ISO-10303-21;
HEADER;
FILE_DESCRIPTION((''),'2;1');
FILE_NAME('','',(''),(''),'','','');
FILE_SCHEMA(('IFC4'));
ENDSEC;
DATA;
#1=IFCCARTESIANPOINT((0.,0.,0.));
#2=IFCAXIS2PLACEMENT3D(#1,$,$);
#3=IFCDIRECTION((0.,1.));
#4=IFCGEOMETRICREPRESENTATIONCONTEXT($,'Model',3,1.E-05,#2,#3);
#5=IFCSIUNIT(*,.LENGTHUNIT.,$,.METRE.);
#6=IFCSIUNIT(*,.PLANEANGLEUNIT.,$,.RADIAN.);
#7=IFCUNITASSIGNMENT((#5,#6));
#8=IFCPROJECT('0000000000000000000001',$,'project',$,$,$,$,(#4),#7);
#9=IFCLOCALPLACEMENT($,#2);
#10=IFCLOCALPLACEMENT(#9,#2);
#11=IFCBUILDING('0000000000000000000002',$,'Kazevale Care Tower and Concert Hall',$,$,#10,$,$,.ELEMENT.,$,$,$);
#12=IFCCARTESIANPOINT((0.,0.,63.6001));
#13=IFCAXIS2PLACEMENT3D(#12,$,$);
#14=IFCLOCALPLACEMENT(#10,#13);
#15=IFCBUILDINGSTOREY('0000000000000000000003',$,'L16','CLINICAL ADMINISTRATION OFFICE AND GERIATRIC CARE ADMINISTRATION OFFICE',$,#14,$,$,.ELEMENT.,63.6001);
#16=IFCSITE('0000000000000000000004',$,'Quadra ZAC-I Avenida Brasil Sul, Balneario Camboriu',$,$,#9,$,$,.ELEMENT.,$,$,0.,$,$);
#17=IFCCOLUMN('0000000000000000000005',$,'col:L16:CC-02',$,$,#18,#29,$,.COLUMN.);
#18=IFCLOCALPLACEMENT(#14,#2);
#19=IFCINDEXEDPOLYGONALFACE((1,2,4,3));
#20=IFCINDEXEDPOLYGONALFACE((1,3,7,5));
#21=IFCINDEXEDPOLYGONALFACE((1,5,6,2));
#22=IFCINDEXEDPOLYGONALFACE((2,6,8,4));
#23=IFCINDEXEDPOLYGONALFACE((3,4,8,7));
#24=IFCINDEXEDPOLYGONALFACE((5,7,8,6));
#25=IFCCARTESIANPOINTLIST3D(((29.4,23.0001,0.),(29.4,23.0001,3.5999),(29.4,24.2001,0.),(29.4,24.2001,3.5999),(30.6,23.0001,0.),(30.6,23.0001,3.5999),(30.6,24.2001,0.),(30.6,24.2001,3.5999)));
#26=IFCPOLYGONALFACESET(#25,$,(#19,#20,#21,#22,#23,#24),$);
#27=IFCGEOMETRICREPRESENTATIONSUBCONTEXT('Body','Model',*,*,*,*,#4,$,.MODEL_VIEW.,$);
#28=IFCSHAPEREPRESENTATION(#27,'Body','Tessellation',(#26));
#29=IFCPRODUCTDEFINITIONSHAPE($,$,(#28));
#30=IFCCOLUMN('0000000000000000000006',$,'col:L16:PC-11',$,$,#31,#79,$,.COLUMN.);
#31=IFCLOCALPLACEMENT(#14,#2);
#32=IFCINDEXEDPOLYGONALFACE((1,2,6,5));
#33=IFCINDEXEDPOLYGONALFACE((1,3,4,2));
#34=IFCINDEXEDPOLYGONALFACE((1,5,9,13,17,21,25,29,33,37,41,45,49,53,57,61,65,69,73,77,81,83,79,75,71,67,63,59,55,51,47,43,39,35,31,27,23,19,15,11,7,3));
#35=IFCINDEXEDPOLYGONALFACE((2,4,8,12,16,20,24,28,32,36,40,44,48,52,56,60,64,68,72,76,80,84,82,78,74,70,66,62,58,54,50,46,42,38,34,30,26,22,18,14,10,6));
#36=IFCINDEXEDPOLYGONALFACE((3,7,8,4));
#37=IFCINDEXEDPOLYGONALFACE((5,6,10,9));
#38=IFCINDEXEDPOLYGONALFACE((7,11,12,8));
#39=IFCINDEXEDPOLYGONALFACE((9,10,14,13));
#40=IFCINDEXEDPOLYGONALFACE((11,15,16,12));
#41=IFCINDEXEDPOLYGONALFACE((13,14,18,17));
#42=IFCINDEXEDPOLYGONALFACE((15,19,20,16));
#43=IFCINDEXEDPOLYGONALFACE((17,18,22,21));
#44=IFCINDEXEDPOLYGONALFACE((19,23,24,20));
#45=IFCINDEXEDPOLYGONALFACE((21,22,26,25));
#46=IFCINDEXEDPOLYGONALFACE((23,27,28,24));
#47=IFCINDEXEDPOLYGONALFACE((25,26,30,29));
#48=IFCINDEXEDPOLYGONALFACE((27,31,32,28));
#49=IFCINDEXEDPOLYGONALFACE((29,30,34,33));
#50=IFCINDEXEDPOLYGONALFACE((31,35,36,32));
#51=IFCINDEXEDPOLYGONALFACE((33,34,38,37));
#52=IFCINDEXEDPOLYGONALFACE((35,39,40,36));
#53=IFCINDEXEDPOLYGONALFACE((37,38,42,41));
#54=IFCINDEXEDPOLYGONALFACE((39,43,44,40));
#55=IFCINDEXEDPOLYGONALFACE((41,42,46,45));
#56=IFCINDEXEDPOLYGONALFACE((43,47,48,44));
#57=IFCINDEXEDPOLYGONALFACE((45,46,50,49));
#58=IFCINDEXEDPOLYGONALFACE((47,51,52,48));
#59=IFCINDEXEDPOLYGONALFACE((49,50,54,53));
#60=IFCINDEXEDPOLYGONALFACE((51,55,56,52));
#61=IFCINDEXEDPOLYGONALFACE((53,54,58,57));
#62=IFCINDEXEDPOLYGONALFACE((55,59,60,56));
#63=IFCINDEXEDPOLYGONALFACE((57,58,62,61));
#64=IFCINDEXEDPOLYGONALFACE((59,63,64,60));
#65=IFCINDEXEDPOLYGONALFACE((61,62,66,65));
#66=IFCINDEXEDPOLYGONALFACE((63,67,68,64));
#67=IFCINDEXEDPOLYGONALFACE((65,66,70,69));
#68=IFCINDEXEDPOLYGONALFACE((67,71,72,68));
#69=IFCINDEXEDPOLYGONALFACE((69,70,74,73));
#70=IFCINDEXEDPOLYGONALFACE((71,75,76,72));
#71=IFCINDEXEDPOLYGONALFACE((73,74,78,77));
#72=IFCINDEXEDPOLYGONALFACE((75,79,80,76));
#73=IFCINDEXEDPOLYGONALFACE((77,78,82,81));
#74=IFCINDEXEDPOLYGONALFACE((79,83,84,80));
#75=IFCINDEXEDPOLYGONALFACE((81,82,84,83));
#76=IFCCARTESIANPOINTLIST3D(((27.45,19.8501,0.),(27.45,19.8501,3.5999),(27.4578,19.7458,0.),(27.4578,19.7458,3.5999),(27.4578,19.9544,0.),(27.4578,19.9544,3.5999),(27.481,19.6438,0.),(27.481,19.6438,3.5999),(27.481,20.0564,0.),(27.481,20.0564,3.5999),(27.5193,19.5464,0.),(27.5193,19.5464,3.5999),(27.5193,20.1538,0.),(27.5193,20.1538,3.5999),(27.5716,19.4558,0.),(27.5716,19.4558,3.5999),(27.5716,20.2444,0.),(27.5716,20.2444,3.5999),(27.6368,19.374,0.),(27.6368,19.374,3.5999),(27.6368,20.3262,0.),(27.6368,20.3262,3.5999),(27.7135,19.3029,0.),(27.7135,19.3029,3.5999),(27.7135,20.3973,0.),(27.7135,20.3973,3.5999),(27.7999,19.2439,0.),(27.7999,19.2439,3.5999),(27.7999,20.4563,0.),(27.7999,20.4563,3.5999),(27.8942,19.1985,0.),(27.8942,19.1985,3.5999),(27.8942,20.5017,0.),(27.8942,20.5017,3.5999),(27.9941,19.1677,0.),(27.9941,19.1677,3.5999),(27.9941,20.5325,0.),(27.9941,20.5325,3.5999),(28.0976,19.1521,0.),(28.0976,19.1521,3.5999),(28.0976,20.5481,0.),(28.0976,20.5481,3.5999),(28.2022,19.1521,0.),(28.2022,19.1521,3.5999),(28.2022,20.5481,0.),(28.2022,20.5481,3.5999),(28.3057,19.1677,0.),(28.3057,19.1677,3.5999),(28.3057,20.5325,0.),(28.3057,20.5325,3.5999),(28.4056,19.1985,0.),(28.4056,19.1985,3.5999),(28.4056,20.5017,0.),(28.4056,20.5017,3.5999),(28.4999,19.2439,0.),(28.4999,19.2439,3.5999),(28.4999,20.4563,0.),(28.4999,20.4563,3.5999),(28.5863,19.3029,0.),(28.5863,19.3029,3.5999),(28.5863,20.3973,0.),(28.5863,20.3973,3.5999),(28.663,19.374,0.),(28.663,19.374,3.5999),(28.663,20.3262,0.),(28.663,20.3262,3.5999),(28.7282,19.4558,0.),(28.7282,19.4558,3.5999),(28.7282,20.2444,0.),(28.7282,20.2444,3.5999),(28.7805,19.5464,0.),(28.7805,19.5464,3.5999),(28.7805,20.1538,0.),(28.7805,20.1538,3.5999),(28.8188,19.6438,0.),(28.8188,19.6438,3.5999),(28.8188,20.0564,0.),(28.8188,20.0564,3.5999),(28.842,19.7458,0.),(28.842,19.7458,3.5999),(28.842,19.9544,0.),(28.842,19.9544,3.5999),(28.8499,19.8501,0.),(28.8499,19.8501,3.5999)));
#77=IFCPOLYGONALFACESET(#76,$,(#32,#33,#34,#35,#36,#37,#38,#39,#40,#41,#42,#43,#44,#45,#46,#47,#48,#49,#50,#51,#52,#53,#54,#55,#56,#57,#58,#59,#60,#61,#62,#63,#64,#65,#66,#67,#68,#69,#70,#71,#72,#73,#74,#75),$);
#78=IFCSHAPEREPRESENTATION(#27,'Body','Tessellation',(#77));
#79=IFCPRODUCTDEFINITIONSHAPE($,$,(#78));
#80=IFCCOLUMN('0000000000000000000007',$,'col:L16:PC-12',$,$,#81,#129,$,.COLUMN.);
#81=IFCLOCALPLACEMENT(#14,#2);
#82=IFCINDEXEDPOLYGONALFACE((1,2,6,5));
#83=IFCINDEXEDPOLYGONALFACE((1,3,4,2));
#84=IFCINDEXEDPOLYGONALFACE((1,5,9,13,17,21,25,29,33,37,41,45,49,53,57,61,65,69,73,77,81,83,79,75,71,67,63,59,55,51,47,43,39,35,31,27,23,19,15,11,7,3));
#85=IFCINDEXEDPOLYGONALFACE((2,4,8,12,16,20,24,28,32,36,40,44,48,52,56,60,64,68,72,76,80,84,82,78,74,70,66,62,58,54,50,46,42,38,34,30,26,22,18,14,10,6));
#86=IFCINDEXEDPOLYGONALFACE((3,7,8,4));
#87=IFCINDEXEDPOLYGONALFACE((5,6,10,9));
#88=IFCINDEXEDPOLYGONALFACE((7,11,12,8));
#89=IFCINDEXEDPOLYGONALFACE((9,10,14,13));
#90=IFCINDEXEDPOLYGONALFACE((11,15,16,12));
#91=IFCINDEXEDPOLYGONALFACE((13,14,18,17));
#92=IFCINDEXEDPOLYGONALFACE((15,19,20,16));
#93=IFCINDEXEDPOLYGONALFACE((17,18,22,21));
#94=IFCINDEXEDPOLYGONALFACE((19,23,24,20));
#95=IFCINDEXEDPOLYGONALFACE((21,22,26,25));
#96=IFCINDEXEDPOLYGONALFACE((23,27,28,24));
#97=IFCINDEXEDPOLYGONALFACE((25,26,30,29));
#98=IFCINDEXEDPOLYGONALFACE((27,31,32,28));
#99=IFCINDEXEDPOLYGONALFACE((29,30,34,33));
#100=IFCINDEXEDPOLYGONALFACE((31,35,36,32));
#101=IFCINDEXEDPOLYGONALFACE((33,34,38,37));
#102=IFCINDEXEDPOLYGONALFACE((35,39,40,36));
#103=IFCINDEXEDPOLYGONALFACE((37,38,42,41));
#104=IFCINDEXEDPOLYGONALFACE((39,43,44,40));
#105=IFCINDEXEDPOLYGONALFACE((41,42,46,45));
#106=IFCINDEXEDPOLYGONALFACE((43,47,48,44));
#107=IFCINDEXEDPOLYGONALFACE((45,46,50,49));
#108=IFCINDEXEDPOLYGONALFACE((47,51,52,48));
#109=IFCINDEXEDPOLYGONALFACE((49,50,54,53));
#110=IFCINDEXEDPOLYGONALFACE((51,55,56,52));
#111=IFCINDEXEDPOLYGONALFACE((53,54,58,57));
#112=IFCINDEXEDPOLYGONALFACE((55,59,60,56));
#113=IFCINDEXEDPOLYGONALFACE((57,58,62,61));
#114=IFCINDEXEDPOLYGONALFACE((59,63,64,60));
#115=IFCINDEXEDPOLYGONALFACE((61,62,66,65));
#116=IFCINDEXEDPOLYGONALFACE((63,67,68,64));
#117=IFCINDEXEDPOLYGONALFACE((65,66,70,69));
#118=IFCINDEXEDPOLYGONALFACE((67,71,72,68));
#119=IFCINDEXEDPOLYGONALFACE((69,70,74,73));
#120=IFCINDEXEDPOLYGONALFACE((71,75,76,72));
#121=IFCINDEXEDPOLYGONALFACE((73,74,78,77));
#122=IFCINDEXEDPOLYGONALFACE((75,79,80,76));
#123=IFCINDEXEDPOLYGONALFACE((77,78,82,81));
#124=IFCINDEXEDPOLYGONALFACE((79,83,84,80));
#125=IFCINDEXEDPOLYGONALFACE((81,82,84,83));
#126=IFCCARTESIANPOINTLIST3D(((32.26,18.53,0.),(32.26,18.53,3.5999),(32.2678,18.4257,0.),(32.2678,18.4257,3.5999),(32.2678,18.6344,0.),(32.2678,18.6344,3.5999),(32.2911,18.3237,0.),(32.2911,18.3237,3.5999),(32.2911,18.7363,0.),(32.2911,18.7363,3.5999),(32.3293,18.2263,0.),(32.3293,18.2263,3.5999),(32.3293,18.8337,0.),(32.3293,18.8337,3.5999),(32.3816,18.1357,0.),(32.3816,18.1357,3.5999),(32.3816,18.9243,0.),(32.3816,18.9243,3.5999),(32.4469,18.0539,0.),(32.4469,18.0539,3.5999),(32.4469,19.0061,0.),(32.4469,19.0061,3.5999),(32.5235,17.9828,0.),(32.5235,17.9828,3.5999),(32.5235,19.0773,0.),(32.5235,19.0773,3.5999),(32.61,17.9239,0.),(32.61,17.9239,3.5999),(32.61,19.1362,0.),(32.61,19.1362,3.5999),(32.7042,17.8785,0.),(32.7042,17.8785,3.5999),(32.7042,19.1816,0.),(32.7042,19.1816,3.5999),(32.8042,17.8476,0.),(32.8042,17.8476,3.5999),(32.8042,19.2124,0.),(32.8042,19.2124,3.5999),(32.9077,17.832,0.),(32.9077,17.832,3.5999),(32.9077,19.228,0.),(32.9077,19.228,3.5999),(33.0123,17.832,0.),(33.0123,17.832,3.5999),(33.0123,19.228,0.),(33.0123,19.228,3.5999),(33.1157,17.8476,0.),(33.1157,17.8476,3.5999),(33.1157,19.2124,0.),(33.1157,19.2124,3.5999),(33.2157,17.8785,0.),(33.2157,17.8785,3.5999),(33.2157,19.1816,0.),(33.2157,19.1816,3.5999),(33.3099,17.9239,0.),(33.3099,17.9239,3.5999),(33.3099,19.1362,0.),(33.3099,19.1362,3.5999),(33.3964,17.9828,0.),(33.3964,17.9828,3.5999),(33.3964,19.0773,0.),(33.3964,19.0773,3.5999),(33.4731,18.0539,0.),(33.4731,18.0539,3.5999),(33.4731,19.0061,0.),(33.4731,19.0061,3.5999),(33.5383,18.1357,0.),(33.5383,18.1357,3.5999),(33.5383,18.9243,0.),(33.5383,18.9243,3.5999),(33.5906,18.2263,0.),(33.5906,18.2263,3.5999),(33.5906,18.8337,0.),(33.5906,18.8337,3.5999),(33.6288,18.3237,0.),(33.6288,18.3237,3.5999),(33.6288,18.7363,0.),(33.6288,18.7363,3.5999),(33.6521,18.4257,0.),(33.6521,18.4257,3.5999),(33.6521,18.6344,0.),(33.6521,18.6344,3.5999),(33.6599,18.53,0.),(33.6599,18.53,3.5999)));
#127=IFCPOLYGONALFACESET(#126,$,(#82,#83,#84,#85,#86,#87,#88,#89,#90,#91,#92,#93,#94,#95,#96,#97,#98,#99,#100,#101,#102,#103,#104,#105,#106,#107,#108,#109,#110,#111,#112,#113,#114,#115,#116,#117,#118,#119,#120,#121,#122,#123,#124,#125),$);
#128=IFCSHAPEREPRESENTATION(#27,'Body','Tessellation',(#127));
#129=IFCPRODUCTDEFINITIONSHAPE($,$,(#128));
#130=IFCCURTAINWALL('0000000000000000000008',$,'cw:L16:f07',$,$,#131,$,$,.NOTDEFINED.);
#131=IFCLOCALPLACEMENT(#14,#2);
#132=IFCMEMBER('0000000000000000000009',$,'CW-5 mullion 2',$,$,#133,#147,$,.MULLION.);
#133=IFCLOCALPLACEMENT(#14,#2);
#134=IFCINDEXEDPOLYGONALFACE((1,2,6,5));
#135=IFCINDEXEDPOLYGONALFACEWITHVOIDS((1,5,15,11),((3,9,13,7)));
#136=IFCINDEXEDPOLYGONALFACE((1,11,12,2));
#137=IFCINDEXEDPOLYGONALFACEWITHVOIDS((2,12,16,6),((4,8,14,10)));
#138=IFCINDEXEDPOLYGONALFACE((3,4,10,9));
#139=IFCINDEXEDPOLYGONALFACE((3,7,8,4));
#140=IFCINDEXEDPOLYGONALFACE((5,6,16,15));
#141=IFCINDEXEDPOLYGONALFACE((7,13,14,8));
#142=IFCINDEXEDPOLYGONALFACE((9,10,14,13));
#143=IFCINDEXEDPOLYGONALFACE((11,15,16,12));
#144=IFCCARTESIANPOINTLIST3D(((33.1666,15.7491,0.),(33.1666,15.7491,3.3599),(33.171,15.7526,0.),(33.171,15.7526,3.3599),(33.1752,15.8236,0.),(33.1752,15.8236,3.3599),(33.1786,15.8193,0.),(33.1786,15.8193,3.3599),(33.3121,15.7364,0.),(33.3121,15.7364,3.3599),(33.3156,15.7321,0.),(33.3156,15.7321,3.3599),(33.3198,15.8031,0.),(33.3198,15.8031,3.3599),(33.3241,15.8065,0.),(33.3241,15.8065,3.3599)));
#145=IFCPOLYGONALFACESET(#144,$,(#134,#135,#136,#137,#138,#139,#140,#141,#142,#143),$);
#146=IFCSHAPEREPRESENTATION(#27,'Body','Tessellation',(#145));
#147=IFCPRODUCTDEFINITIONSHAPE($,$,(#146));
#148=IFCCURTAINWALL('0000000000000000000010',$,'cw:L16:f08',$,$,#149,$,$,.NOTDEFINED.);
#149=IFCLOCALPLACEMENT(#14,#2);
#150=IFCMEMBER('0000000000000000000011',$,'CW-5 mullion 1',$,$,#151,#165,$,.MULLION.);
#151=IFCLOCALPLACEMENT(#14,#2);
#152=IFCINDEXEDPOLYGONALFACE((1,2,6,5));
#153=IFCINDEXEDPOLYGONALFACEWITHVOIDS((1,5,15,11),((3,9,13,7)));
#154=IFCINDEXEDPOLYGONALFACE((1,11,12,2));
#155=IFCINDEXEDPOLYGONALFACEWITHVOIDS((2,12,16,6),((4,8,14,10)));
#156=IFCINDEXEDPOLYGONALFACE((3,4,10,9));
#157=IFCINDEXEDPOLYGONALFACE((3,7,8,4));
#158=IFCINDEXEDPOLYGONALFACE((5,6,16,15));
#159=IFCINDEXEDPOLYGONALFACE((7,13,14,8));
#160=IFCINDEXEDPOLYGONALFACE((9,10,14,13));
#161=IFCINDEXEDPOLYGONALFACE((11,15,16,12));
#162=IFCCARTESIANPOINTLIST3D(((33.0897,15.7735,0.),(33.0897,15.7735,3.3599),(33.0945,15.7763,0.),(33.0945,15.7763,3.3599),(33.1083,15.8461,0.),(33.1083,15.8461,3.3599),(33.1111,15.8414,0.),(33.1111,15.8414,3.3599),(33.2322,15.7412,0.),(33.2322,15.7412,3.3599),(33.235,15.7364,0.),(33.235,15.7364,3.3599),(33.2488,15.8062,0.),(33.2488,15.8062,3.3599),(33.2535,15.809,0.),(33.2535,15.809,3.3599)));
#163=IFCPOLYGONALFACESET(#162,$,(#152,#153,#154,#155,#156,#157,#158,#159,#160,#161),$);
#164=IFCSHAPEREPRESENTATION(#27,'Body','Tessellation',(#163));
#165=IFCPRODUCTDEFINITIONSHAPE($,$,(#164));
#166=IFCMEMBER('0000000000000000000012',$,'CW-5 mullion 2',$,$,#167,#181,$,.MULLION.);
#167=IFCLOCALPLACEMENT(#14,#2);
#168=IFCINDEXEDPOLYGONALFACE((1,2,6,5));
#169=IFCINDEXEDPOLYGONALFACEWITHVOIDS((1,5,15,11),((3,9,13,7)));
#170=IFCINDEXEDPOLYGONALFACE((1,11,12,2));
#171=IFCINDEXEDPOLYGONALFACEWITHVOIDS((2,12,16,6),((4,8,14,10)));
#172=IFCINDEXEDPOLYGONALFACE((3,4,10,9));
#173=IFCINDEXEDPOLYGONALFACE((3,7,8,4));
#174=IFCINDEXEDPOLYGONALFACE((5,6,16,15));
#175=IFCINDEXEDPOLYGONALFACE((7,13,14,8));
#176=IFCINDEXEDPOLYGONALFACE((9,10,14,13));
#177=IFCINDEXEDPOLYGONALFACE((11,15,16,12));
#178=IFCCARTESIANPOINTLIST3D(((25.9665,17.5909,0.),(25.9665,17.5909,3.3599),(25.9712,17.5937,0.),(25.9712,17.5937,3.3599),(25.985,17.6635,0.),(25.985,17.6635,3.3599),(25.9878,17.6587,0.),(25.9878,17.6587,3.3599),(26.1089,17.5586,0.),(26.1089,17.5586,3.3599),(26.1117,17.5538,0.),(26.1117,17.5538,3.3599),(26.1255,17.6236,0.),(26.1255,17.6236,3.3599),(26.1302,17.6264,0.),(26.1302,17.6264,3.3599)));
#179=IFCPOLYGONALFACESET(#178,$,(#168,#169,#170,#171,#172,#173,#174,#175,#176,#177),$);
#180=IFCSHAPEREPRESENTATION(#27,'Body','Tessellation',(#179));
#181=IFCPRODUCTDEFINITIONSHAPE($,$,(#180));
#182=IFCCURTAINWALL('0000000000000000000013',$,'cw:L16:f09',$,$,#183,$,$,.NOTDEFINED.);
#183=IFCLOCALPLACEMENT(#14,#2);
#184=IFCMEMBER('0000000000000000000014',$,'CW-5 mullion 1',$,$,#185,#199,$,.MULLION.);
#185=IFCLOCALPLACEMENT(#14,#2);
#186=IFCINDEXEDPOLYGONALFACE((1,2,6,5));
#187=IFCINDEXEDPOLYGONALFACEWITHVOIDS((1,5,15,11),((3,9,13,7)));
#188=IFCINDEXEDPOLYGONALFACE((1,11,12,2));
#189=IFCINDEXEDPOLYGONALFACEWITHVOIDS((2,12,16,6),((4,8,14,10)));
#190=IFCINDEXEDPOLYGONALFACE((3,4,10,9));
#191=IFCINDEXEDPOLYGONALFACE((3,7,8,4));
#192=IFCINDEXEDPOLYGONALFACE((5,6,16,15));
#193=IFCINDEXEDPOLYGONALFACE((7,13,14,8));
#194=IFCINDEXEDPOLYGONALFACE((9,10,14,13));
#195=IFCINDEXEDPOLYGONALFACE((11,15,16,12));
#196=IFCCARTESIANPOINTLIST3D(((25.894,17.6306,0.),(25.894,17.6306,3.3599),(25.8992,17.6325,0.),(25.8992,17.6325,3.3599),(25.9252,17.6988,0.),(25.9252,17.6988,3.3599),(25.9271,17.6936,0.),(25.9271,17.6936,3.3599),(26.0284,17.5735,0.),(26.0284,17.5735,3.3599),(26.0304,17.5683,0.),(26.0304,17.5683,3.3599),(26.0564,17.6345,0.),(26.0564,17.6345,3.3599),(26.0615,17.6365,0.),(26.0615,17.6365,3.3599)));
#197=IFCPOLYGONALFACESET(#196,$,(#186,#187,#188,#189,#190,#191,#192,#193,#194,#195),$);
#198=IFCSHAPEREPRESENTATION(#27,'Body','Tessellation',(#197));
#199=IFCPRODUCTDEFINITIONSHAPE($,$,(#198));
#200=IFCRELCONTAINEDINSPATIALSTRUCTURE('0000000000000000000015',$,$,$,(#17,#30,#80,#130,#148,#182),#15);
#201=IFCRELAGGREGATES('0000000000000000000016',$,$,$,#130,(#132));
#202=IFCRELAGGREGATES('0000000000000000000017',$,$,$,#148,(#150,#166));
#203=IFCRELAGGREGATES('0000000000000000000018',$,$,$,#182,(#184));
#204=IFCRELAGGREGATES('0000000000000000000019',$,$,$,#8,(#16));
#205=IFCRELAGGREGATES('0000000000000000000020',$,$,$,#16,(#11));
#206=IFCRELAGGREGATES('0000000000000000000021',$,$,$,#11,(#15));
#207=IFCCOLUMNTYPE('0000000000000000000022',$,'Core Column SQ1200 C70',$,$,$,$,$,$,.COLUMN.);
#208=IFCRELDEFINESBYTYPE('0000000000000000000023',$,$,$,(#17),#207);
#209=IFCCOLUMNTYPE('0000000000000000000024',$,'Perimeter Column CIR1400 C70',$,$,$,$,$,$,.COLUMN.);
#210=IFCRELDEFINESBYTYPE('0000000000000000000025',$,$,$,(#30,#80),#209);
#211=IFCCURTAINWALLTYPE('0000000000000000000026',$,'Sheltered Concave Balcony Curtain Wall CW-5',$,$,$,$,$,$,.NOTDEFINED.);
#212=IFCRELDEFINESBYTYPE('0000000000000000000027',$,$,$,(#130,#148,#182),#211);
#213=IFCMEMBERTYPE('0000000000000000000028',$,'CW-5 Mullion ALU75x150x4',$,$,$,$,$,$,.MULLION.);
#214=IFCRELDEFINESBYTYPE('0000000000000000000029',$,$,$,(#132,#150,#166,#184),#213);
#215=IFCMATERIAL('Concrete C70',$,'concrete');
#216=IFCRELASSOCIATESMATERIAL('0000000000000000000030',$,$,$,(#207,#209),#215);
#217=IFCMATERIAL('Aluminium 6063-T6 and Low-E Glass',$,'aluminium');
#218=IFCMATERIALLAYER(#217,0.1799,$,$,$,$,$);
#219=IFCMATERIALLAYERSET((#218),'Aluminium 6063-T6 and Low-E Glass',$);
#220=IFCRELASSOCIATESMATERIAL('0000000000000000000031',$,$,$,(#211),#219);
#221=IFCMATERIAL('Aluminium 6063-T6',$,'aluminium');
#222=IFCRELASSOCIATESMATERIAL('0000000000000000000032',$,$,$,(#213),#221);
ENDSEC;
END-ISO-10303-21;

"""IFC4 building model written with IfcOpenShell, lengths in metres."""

from ifc_helpers import new_model, si_unit, direction, frame, origin, origin_2d, place, context, subcontext, project, spatial, rectangle, hollow_rectangle, circle, extrude, material, layer, layer_set, material_profile, profile_set, type_object, element, aggregate, save


model = new_model("IFC4")

# Units and contexts
model_context = context("Model", 3, precision=1e-05, world=origin(), true_north=direction((0.0, 1.0)))
body_context = subcontext(model_context, "Body", "Model", "MODEL_VIEW")
ifc_project = project(units=[si_unit("LENGTHUNIT", "METRE"), si_unit("PLANEANGLEUNIT", "RADIAN")], contexts=[model_context])

# Site, building, storey
site_placement = place(None, origin())
site = spatial("IfcSite", under=ifc_project, at=site_placement, Name="Quadra ZAC-I Avenida Brasil Sul, Balneario Camboriu", CompositionType="ELEMENT", RefElevation=0.0)
building_placement = place(site_placement, origin())
building = spatial("IfcBuilding", under=site, at=building_placement, Name="Kazevale Care Tower and Concert Hall", CompositionType="ELEMENT")
storey_placement = place(building_placement, frame((0.0, 0.0, 63.6001)))
storey = spatial("IfcBuildingStorey", under=building, at=storey_placement, Name="L16", Description="CLINICAL ADMINISTRATION OFFICE AND GERIATRIC CARE ADMINISTRATION OFFICE", CompositionType="ELEMENT", Elevation=63.6001)

# Columns
ifc_material_1 = material(Name="Concrete C70", Category="concrete")
ifc_material_profile_1 = material_profile(ifc_material_1, rectangle(XDim=1.2, YDim=1.2, at=origin_2d()), Name="RC-SQ1200")
ifc_profile_set_1 = profile_set([ifc_material_profile_1], Name="Concrete C70")
column_type_1 = type_object("IfcColumnType", Name="Core Column SQ1200 C70", PredefinedType="COLUMN", material=ifc_profile_set_1)
column_placement = place(storey_placement, frame((30.0, 23.6001, 0.0), z_axis=(0.0, 0.0, 1.0), x_axis=(1.0, 0.0, 0.0)))
element("IfcColumn", 1, at=column_placement, inside=storey, type_object=column_type_1, Name="col:L16:CC-02", PredefinedType="COLUMN", context=body_context, shape_type="SweptSolid", body=[
    extrude(rectangle(XDim=1.2, YDim=1.2, at=origin_2d()), origin(), (0.0, 0.0, 1.0), 3.5999),
])
ifc_material_profile_2 = material_profile(ifc_material_1, circle(Radius=0.7, at=origin_2d()), Name="RC-CIR1400")
ifc_profile_set_2 = profile_set([ifc_material_profile_2], Name="Concrete C70")
column_type_2 = type_object("IfcColumnType", Name="Perimeter Column CIR1400 C70", PredefinedType="COLUMN", material=ifc_profile_set_2)
for number, where, z_axis, x_axis, name in (
    (2, (28.1499, 19.8501, 0.0), (0.0, 0.0, 1.0), (1.0, 0.0, 0.0), "col:L16:PC-11"),
    (3, (32.96, 18.53, 0.0), (0.0, 0.0, 1.0), (1.0, 0.0, 0.0), "col:L16:PC-12"),
):
    element("IfcColumn", number, at=place(storey_placement, frame(where, z_axis=z_axis, x_axis=x_axis)), inside=storey, type_object=column_type_2, Name=name, PredefinedType="COLUMN", context=body_context, shape_type="SweptSolid", body=[
        extrude(circle(Radius=0.7, at=origin_2d()), origin(), (0.0, 0.0, 1.0), 3.5999),
    ])

# Curtain wall, member
ifc_material_2 = material(Name="Aluminium 6063-T6 and Low-E Glass", Category="aluminium")
ifc_layer_1 = layer(ifc_material_2, 0.1799)
ifc_layer_set_1 = layer_set([ifc_layer_1], Name="Aluminium 6063-T6 and Low-E Glass")
curtain_wall_type = type_object("IfcCurtainWallType", Name="Sheltered Concave Balcony Curtain Wall CW-5", PredefinedType="NOTDEFINED", material=ifc_layer_set_1)
curtain_wall_1_placement = place(storey_placement, origin())
curtain_wall_1 = element("IfcCurtainWall", 4, at=curtain_wall_1_placement, inside=storey, type_object=curtain_wall_type, Name="cw:L16:f07", PredefinedType="NOTDEFINED")
ifc_material_3 = material(Name="Aluminium 6063-T6", Category="aluminium")
ifc_material_profile_3 = material_profile(ifc_material_3, hollow_rectangle(XDim=0.075, YDim=0.1499, WallThickness=0.0039, at=origin_2d()), Name="ALU75x150x4")
ifc_profile_set_3 = profile_set([ifc_material_profile_3], Name="Aluminium 6063-T6")
member_type_1 = type_object("IfcMemberType", Name="CW-5 Mullion ALU75x150x4", PredefinedType="MULLION", material=ifc_profile_set_3)
member_1_placement = place(storey_placement, frame((33.2454, 15.7778, 0.0), z_axis=(0.0, 0.0, 1.0), x_axis=(-0.113705, -0.993515, 0.0)))
member_1 = element("IfcMember", 5, at=member_1_placement, type_object=member_type_1, Name="CW-5 mullion 2", PredefinedType="MULLION", context=body_context, shape_type="SweptSolid", body=[
    extrude(hollow_rectangle(XDim=0.075, YDim=0.1499, WallThickness=0.0039, at=origin_2d()), origin(), (0.0, 0.0, 1.0), 3.3599),
])
aggregate(curtain_wall_1, [member_1])

# Curtain wall, members
curtain_wall_2_placement = place(storey_placement, origin())
curtain_wall_2 = element("IfcCurtainWall", 6, at=curtain_wall_2_placement, inside=storey, type_object=curtain_wall_type, Name="cw:L16:f08", PredefinedType="NOTDEFINED")
member_2_placement = place(storey_placement, frame((33.1716, 15.7913, 0.0), z_axis=(0.0, 0.0, 1.0), x_axis=(-0.247222, -0.968959, 0.0)))
member_2 = element("IfcMember", 7, at=member_2_placement, type_object=member_type_1, Name="CW-5 mullion 1", PredefinedType="MULLION", context=body_context, shape_type="SweptSolid", body=[
    extrude(hollow_rectangle(XDim=0.075, YDim=0.1499, WallThickness=0.0039, at=origin_2d()), origin(), (0.0, 0.0, 1.0), 3.3599),
])
member_3_placement = place(storey_placement, frame((26.0483, 17.6086, 0.0), z_axis=(0.0, 0.0, 1.0), x_axis=(-0.247222, -0.968959, 0.0)))
member_3 = element("IfcMember", 8, at=member_3_placement, type_object=member_type_1, Name="CW-5 mullion 2", PredefinedType="MULLION", context=body_context, shape_type="SweptSolid", body=[
    extrude(hollow_rectangle(XDim=0.075, YDim=0.1499, WallThickness=0.0039, at=origin_2d()), origin(), (0.0, 0.0, 1.0), 3.3599),
])

# Curtain wall, member
curtain_wall_3_placement = place(storey_placement, origin())
curtain_wall_3 = element("IfcCurtainWall", 9, at=curtain_wall_3_placement, inside=storey, type_object=curtain_wall_type, Name="cw:L16:f09", PredefinedType="NOTDEFINED")
member_4_placement = place(storey_placement, frame((25.9778, 17.6335, 0.0), z_axis=(0.0, 0.0, 1.0), x_axis=(-0.41566, -0.90952, 0.0)))
member_4 = element("IfcMember", 10, at=member_4_placement, type_object=member_type_1, Name="CW-5 mullion 1", PredefinedType="MULLION", context=body_context, shape_type="SweptSolid", body=[
    extrude(hollow_rectangle(XDim=0.075, YDim=0.1499, WallThickness=0.0039, at=origin_2d()), origin(), (0.0, 0.0, 1.0), 3.3599),
])

aggregate(curtain_wall_2, [member_2, member_3])
aggregate(curtain_wall_3, [member_4])

save(model, "model.ifc")
